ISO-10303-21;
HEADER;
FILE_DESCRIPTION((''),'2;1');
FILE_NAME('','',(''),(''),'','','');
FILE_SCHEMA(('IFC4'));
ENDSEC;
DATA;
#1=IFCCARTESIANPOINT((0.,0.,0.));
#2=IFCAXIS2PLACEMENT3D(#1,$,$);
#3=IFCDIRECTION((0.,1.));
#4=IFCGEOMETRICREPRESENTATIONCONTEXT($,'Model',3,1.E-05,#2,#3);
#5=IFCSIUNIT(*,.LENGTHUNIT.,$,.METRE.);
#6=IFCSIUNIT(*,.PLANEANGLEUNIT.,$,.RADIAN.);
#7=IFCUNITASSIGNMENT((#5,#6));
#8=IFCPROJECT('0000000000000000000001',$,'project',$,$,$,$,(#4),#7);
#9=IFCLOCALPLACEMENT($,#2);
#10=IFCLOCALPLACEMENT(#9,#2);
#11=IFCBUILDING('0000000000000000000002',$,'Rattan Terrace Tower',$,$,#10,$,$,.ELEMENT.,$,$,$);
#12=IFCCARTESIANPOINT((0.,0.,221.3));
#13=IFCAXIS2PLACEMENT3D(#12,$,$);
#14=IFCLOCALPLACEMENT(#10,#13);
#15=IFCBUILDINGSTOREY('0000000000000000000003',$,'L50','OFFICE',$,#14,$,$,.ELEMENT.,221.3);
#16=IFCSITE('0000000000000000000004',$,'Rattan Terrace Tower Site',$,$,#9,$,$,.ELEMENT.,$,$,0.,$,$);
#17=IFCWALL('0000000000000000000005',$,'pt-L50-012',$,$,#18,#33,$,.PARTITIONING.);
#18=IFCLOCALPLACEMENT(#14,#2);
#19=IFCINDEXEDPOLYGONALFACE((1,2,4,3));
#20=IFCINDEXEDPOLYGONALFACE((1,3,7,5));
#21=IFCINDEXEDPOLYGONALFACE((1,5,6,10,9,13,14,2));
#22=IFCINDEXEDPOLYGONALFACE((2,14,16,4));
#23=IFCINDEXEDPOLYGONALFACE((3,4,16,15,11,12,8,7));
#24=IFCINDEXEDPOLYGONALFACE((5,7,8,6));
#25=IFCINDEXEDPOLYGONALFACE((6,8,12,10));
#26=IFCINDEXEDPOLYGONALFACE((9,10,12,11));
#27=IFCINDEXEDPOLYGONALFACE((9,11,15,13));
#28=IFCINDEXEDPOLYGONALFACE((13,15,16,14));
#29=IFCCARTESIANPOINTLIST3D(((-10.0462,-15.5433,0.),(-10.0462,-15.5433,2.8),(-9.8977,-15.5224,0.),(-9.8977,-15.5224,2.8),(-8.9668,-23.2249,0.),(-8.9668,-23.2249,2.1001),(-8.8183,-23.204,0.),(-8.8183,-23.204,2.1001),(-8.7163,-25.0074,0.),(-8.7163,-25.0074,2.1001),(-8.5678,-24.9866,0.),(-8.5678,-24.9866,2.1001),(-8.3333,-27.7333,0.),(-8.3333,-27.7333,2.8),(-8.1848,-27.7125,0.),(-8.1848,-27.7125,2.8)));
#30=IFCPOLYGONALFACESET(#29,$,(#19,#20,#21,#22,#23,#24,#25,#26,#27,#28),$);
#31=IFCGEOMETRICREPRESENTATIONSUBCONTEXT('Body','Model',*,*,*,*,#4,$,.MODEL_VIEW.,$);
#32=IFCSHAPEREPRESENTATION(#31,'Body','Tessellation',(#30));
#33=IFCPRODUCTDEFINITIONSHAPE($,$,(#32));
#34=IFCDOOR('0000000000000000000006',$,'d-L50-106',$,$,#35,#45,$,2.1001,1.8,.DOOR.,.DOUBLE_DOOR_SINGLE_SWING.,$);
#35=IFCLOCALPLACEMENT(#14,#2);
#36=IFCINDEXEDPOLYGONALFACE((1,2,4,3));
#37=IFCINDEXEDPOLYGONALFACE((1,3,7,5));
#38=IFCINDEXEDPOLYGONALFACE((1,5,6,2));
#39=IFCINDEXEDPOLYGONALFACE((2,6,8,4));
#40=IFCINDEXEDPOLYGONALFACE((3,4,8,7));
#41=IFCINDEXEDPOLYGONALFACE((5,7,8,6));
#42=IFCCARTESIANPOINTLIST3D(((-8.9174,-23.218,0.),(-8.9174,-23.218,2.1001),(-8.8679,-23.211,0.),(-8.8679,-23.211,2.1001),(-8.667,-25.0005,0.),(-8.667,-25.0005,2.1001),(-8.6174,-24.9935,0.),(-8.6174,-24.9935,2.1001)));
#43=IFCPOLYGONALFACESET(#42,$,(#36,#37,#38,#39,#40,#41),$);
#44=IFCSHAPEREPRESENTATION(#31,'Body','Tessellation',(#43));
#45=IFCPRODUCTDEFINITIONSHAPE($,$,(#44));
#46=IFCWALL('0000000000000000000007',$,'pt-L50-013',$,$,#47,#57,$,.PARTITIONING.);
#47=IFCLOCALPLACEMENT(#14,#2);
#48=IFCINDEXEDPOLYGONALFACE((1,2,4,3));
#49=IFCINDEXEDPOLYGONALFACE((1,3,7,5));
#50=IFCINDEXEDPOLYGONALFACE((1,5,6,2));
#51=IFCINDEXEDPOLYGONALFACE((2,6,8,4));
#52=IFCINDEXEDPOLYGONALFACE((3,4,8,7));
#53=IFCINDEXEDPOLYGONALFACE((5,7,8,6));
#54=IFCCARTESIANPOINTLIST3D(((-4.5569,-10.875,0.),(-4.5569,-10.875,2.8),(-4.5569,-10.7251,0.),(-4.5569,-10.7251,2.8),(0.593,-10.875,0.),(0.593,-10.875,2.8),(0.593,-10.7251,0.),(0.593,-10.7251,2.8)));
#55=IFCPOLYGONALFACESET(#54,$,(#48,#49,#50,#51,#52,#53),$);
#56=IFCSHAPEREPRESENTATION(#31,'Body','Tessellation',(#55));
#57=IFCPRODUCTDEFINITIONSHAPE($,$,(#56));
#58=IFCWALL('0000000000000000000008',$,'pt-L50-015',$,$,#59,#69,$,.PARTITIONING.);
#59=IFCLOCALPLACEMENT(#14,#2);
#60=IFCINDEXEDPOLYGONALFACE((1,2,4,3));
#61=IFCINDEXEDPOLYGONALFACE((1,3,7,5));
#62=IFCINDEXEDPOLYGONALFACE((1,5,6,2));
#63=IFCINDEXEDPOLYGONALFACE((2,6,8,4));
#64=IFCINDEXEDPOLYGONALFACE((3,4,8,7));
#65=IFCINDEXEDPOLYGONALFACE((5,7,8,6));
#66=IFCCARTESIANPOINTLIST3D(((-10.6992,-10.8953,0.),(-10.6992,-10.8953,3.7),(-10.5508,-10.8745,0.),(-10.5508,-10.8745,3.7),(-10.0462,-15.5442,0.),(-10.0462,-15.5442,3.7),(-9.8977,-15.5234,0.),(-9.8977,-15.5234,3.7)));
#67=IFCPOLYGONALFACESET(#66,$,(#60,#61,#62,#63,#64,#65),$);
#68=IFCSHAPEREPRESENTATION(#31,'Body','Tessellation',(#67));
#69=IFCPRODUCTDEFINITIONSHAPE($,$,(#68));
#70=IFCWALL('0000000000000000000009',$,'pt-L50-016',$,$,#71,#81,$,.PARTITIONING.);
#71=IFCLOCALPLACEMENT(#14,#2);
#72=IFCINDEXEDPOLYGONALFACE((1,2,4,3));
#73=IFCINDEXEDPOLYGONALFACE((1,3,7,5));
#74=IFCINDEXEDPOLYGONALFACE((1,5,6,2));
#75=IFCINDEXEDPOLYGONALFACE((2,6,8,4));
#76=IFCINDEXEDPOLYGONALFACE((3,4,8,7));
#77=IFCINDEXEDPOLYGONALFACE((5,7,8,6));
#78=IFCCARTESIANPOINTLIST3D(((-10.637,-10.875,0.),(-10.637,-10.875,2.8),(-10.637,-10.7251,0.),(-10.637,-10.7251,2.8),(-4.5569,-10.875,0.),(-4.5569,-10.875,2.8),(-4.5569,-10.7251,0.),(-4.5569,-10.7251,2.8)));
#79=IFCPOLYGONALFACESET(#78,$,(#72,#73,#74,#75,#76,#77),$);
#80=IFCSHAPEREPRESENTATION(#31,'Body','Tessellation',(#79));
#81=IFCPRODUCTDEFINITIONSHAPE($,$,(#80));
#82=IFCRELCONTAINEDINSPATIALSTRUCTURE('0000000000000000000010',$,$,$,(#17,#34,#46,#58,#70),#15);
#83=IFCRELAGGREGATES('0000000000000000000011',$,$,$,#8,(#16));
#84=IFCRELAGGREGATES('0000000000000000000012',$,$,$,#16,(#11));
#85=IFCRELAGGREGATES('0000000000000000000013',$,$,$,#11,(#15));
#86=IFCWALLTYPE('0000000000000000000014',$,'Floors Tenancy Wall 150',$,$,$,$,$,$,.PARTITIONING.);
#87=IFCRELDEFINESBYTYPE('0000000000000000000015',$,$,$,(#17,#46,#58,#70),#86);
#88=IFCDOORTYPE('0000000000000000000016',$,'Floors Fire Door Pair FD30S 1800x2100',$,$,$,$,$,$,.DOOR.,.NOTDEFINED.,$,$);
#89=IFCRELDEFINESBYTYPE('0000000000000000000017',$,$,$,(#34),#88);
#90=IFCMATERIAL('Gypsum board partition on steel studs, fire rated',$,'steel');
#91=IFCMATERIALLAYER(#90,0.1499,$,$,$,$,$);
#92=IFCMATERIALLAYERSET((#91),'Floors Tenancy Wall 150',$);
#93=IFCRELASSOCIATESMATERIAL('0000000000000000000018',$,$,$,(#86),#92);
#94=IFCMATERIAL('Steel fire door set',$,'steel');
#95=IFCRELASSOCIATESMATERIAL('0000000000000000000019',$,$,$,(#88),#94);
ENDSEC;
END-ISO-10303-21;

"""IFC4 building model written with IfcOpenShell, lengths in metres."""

from ifc_helpers import new_model, si_unit, direction, frame, frame_2d, origin, place, context, subcontext, project, spatial, rectangle, extrude, material, layer, layer_set, type_object, element, fill, save


model = new_model("IFC4")

# Units and contexts
model_context = context("Model", 3, precision=1e-05, world=origin(), true_north=direction((0.0, 1.0)))
body_context = subcontext(model_context, "Body", "Model", "MODEL_VIEW")
ifc_project = project(units=[si_unit("LENGTHUNIT", "METRE"), si_unit("PLANEANGLEUNIT", "RADIAN")], contexts=[model_context])

# Site, building, storey
site_placement = place(None, origin())
site = spatial("IfcSite", under=ifc_project, at=site_placement, Name="Rattan Terrace Tower Site", CompositionType="ELEMENT", RefElevation=0.0)
building_placement = place(site_placement, origin())
building = spatial("IfcBuilding", under=site, at=building_placement, Name="Rattan Terrace Tower", CompositionType="ELEMENT")
storey_placement = place(building_placement, frame((0.0, 0.0, 221.3)))
storey = spatial("IfcBuildingStorey", under=building, at=storey_placement, Name="L50", Description="OFFICE", CompositionType="ELEMENT", Elevation=221.3)

# Shared definitions
ifc_material_1 = material(Name="Gypsum board partition on steel studs, fire rated", Category="steel")
ifc_layer_1 = layer(ifc_material_1, 0.1499)
ifc_layer_set_1 = layer_set([ifc_layer_1], Name="Floors Tenancy Wall 150")
wall_type_1 = type_object("IfcWallType", Name="Floors Tenancy Wall 150", PredefinedType="PARTITIONING", material=ifc_layer_set_1)

# Wall, opening, door
wall_1_placement = place(storey_placement, frame((-9.9719, -15.533, 0.0), z_axis=(0.0, 0.0, 1.0), x_axis=(0.13915, -0.990271, 0.0)))
wall_1 = element("IfcWall", 1, at=wall_1_placement, inside=storey, type_object=wall_type_1, Name="pt-L50-012", PredefinedType="PARTITIONING", context=body_context, shape_type="SweptSolid", body=[
    extrude(rectangle(XDim=12.3098, YDim=0.1499, at=frame_2d((6.1548, 0.0))), origin(), (0.0, 0.0, 1.0), 2.8),
])
opening_1_placement = place(wall_1_placement, frame((7.7571, 0.0, 0.0)))
opening_1 = element("IfcOpeningElement", 2, at=opening_1_placement, cuts=wall_1, PredefinedType="OPENING", context=body_context, shape_type="SweptSolid", body=[
    extrude(rectangle(XDim=1.8, YDim=2.1001, at=frame_2d((0.8999, 1.05))), frame((0.0, 0.0854, 0.0), z_axis=(0.0, -1.0, 0.0), x_axis=(1.0, 0.0, 0.0)), (0.0, 0.0, 1.0), 0.1709),
])
ifc_material_2 = material(Name="Steel fire door set", Category="steel")
door_type_1 = type_object("IfcDoorType", Name="Floors Fire Door Pair FD30S 1800x2100", OperationType="NOTDEFINED", PredefinedType="DOOR", material=ifc_material_2)
door_1_placement = place(opening_1_placement, origin())
door_1 = element("IfcDoor", 3, at=door_1_placement, inside=storey, type_object=door_type_1, Name="d-L50-106", OperationType="DOUBLE_DOOR_SINGLE_SWING", OverallHeight=2.1001, OverallWidth=1.8, PredefinedType="DOOR", context=body_context, shape_type="SweptSolid", body=[
    extrude(rectangle(XDim=1.8, YDim=2.1001, at=frame_2d((0.8999, 1.05))), frame((0.0, 0.0249, 0.0), z_axis=(0.0, -1.0, 0.0), x_axis=(1.0, 0.0, 0.0)), (0.0, 0.0, 1.0), 0.05),
])
fill(opening_1, door_1)

# Walls
wall_2_placement = place(storey_placement, frame((0.593, -10.8, 0.0), z_axis=(0.0, 0.0, 1.0), x_axis=(-1.0, 0.0, 0.0)))
element("IfcWall", 4, at=wall_2_placement, inside=storey, type_object=wall_type_1, Name="pt-L50-013", PredefinedType="PARTITIONING", context=body_context, shape_type="SweptSolid", body=[
    extrude(rectangle(XDim=5.1499, YDim=0.1499, at=frame_2d((2.575, 0.0))), origin(), (0.0, 0.0, 1.0), 2.8),
])
wall_3_placement = place(storey_placement, frame((-10.625, -10.885, 0.0), z_axis=(0.0, 0.0, 1.0), x_axis=(0.139113, -0.990277, 0.0)))
element("IfcWall", 5, at=wall_3_placement, inside=storey, type_object=wall_type_1, Name="pt-L50-015", PredefinedType="PARTITIONING", context=body_context, shape_type="SweptSolid", body=[
    extrude(rectangle(XDim=4.6946, YDim=0.1499, at=frame_2d((2.3472, 0.0))), origin(), (0.0, 0.0, 1.0), 3.7),
])
wall_4_placement = place(storey_placement, frame((-4.5569, -10.8, 0.0), z_axis=(0.0, 0.0, 1.0), x_axis=(-1.0, 0.0, 0.0)))
element("IfcWall", 6, at=wall_4_placement, inside=storey, type_object=wall_type_1, Name="pt-L50-016", PredefinedType="PARTITIONING", context=body_context, shape_type="SweptSolid", body=[
    extrude(rectangle(XDim=6.0801, YDim=0.1499, at=frame_2d((3.04, 0.0))), origin(), (0.0, 0.0, 1.0), 2.8),
])

save(model, "model.ifc")
